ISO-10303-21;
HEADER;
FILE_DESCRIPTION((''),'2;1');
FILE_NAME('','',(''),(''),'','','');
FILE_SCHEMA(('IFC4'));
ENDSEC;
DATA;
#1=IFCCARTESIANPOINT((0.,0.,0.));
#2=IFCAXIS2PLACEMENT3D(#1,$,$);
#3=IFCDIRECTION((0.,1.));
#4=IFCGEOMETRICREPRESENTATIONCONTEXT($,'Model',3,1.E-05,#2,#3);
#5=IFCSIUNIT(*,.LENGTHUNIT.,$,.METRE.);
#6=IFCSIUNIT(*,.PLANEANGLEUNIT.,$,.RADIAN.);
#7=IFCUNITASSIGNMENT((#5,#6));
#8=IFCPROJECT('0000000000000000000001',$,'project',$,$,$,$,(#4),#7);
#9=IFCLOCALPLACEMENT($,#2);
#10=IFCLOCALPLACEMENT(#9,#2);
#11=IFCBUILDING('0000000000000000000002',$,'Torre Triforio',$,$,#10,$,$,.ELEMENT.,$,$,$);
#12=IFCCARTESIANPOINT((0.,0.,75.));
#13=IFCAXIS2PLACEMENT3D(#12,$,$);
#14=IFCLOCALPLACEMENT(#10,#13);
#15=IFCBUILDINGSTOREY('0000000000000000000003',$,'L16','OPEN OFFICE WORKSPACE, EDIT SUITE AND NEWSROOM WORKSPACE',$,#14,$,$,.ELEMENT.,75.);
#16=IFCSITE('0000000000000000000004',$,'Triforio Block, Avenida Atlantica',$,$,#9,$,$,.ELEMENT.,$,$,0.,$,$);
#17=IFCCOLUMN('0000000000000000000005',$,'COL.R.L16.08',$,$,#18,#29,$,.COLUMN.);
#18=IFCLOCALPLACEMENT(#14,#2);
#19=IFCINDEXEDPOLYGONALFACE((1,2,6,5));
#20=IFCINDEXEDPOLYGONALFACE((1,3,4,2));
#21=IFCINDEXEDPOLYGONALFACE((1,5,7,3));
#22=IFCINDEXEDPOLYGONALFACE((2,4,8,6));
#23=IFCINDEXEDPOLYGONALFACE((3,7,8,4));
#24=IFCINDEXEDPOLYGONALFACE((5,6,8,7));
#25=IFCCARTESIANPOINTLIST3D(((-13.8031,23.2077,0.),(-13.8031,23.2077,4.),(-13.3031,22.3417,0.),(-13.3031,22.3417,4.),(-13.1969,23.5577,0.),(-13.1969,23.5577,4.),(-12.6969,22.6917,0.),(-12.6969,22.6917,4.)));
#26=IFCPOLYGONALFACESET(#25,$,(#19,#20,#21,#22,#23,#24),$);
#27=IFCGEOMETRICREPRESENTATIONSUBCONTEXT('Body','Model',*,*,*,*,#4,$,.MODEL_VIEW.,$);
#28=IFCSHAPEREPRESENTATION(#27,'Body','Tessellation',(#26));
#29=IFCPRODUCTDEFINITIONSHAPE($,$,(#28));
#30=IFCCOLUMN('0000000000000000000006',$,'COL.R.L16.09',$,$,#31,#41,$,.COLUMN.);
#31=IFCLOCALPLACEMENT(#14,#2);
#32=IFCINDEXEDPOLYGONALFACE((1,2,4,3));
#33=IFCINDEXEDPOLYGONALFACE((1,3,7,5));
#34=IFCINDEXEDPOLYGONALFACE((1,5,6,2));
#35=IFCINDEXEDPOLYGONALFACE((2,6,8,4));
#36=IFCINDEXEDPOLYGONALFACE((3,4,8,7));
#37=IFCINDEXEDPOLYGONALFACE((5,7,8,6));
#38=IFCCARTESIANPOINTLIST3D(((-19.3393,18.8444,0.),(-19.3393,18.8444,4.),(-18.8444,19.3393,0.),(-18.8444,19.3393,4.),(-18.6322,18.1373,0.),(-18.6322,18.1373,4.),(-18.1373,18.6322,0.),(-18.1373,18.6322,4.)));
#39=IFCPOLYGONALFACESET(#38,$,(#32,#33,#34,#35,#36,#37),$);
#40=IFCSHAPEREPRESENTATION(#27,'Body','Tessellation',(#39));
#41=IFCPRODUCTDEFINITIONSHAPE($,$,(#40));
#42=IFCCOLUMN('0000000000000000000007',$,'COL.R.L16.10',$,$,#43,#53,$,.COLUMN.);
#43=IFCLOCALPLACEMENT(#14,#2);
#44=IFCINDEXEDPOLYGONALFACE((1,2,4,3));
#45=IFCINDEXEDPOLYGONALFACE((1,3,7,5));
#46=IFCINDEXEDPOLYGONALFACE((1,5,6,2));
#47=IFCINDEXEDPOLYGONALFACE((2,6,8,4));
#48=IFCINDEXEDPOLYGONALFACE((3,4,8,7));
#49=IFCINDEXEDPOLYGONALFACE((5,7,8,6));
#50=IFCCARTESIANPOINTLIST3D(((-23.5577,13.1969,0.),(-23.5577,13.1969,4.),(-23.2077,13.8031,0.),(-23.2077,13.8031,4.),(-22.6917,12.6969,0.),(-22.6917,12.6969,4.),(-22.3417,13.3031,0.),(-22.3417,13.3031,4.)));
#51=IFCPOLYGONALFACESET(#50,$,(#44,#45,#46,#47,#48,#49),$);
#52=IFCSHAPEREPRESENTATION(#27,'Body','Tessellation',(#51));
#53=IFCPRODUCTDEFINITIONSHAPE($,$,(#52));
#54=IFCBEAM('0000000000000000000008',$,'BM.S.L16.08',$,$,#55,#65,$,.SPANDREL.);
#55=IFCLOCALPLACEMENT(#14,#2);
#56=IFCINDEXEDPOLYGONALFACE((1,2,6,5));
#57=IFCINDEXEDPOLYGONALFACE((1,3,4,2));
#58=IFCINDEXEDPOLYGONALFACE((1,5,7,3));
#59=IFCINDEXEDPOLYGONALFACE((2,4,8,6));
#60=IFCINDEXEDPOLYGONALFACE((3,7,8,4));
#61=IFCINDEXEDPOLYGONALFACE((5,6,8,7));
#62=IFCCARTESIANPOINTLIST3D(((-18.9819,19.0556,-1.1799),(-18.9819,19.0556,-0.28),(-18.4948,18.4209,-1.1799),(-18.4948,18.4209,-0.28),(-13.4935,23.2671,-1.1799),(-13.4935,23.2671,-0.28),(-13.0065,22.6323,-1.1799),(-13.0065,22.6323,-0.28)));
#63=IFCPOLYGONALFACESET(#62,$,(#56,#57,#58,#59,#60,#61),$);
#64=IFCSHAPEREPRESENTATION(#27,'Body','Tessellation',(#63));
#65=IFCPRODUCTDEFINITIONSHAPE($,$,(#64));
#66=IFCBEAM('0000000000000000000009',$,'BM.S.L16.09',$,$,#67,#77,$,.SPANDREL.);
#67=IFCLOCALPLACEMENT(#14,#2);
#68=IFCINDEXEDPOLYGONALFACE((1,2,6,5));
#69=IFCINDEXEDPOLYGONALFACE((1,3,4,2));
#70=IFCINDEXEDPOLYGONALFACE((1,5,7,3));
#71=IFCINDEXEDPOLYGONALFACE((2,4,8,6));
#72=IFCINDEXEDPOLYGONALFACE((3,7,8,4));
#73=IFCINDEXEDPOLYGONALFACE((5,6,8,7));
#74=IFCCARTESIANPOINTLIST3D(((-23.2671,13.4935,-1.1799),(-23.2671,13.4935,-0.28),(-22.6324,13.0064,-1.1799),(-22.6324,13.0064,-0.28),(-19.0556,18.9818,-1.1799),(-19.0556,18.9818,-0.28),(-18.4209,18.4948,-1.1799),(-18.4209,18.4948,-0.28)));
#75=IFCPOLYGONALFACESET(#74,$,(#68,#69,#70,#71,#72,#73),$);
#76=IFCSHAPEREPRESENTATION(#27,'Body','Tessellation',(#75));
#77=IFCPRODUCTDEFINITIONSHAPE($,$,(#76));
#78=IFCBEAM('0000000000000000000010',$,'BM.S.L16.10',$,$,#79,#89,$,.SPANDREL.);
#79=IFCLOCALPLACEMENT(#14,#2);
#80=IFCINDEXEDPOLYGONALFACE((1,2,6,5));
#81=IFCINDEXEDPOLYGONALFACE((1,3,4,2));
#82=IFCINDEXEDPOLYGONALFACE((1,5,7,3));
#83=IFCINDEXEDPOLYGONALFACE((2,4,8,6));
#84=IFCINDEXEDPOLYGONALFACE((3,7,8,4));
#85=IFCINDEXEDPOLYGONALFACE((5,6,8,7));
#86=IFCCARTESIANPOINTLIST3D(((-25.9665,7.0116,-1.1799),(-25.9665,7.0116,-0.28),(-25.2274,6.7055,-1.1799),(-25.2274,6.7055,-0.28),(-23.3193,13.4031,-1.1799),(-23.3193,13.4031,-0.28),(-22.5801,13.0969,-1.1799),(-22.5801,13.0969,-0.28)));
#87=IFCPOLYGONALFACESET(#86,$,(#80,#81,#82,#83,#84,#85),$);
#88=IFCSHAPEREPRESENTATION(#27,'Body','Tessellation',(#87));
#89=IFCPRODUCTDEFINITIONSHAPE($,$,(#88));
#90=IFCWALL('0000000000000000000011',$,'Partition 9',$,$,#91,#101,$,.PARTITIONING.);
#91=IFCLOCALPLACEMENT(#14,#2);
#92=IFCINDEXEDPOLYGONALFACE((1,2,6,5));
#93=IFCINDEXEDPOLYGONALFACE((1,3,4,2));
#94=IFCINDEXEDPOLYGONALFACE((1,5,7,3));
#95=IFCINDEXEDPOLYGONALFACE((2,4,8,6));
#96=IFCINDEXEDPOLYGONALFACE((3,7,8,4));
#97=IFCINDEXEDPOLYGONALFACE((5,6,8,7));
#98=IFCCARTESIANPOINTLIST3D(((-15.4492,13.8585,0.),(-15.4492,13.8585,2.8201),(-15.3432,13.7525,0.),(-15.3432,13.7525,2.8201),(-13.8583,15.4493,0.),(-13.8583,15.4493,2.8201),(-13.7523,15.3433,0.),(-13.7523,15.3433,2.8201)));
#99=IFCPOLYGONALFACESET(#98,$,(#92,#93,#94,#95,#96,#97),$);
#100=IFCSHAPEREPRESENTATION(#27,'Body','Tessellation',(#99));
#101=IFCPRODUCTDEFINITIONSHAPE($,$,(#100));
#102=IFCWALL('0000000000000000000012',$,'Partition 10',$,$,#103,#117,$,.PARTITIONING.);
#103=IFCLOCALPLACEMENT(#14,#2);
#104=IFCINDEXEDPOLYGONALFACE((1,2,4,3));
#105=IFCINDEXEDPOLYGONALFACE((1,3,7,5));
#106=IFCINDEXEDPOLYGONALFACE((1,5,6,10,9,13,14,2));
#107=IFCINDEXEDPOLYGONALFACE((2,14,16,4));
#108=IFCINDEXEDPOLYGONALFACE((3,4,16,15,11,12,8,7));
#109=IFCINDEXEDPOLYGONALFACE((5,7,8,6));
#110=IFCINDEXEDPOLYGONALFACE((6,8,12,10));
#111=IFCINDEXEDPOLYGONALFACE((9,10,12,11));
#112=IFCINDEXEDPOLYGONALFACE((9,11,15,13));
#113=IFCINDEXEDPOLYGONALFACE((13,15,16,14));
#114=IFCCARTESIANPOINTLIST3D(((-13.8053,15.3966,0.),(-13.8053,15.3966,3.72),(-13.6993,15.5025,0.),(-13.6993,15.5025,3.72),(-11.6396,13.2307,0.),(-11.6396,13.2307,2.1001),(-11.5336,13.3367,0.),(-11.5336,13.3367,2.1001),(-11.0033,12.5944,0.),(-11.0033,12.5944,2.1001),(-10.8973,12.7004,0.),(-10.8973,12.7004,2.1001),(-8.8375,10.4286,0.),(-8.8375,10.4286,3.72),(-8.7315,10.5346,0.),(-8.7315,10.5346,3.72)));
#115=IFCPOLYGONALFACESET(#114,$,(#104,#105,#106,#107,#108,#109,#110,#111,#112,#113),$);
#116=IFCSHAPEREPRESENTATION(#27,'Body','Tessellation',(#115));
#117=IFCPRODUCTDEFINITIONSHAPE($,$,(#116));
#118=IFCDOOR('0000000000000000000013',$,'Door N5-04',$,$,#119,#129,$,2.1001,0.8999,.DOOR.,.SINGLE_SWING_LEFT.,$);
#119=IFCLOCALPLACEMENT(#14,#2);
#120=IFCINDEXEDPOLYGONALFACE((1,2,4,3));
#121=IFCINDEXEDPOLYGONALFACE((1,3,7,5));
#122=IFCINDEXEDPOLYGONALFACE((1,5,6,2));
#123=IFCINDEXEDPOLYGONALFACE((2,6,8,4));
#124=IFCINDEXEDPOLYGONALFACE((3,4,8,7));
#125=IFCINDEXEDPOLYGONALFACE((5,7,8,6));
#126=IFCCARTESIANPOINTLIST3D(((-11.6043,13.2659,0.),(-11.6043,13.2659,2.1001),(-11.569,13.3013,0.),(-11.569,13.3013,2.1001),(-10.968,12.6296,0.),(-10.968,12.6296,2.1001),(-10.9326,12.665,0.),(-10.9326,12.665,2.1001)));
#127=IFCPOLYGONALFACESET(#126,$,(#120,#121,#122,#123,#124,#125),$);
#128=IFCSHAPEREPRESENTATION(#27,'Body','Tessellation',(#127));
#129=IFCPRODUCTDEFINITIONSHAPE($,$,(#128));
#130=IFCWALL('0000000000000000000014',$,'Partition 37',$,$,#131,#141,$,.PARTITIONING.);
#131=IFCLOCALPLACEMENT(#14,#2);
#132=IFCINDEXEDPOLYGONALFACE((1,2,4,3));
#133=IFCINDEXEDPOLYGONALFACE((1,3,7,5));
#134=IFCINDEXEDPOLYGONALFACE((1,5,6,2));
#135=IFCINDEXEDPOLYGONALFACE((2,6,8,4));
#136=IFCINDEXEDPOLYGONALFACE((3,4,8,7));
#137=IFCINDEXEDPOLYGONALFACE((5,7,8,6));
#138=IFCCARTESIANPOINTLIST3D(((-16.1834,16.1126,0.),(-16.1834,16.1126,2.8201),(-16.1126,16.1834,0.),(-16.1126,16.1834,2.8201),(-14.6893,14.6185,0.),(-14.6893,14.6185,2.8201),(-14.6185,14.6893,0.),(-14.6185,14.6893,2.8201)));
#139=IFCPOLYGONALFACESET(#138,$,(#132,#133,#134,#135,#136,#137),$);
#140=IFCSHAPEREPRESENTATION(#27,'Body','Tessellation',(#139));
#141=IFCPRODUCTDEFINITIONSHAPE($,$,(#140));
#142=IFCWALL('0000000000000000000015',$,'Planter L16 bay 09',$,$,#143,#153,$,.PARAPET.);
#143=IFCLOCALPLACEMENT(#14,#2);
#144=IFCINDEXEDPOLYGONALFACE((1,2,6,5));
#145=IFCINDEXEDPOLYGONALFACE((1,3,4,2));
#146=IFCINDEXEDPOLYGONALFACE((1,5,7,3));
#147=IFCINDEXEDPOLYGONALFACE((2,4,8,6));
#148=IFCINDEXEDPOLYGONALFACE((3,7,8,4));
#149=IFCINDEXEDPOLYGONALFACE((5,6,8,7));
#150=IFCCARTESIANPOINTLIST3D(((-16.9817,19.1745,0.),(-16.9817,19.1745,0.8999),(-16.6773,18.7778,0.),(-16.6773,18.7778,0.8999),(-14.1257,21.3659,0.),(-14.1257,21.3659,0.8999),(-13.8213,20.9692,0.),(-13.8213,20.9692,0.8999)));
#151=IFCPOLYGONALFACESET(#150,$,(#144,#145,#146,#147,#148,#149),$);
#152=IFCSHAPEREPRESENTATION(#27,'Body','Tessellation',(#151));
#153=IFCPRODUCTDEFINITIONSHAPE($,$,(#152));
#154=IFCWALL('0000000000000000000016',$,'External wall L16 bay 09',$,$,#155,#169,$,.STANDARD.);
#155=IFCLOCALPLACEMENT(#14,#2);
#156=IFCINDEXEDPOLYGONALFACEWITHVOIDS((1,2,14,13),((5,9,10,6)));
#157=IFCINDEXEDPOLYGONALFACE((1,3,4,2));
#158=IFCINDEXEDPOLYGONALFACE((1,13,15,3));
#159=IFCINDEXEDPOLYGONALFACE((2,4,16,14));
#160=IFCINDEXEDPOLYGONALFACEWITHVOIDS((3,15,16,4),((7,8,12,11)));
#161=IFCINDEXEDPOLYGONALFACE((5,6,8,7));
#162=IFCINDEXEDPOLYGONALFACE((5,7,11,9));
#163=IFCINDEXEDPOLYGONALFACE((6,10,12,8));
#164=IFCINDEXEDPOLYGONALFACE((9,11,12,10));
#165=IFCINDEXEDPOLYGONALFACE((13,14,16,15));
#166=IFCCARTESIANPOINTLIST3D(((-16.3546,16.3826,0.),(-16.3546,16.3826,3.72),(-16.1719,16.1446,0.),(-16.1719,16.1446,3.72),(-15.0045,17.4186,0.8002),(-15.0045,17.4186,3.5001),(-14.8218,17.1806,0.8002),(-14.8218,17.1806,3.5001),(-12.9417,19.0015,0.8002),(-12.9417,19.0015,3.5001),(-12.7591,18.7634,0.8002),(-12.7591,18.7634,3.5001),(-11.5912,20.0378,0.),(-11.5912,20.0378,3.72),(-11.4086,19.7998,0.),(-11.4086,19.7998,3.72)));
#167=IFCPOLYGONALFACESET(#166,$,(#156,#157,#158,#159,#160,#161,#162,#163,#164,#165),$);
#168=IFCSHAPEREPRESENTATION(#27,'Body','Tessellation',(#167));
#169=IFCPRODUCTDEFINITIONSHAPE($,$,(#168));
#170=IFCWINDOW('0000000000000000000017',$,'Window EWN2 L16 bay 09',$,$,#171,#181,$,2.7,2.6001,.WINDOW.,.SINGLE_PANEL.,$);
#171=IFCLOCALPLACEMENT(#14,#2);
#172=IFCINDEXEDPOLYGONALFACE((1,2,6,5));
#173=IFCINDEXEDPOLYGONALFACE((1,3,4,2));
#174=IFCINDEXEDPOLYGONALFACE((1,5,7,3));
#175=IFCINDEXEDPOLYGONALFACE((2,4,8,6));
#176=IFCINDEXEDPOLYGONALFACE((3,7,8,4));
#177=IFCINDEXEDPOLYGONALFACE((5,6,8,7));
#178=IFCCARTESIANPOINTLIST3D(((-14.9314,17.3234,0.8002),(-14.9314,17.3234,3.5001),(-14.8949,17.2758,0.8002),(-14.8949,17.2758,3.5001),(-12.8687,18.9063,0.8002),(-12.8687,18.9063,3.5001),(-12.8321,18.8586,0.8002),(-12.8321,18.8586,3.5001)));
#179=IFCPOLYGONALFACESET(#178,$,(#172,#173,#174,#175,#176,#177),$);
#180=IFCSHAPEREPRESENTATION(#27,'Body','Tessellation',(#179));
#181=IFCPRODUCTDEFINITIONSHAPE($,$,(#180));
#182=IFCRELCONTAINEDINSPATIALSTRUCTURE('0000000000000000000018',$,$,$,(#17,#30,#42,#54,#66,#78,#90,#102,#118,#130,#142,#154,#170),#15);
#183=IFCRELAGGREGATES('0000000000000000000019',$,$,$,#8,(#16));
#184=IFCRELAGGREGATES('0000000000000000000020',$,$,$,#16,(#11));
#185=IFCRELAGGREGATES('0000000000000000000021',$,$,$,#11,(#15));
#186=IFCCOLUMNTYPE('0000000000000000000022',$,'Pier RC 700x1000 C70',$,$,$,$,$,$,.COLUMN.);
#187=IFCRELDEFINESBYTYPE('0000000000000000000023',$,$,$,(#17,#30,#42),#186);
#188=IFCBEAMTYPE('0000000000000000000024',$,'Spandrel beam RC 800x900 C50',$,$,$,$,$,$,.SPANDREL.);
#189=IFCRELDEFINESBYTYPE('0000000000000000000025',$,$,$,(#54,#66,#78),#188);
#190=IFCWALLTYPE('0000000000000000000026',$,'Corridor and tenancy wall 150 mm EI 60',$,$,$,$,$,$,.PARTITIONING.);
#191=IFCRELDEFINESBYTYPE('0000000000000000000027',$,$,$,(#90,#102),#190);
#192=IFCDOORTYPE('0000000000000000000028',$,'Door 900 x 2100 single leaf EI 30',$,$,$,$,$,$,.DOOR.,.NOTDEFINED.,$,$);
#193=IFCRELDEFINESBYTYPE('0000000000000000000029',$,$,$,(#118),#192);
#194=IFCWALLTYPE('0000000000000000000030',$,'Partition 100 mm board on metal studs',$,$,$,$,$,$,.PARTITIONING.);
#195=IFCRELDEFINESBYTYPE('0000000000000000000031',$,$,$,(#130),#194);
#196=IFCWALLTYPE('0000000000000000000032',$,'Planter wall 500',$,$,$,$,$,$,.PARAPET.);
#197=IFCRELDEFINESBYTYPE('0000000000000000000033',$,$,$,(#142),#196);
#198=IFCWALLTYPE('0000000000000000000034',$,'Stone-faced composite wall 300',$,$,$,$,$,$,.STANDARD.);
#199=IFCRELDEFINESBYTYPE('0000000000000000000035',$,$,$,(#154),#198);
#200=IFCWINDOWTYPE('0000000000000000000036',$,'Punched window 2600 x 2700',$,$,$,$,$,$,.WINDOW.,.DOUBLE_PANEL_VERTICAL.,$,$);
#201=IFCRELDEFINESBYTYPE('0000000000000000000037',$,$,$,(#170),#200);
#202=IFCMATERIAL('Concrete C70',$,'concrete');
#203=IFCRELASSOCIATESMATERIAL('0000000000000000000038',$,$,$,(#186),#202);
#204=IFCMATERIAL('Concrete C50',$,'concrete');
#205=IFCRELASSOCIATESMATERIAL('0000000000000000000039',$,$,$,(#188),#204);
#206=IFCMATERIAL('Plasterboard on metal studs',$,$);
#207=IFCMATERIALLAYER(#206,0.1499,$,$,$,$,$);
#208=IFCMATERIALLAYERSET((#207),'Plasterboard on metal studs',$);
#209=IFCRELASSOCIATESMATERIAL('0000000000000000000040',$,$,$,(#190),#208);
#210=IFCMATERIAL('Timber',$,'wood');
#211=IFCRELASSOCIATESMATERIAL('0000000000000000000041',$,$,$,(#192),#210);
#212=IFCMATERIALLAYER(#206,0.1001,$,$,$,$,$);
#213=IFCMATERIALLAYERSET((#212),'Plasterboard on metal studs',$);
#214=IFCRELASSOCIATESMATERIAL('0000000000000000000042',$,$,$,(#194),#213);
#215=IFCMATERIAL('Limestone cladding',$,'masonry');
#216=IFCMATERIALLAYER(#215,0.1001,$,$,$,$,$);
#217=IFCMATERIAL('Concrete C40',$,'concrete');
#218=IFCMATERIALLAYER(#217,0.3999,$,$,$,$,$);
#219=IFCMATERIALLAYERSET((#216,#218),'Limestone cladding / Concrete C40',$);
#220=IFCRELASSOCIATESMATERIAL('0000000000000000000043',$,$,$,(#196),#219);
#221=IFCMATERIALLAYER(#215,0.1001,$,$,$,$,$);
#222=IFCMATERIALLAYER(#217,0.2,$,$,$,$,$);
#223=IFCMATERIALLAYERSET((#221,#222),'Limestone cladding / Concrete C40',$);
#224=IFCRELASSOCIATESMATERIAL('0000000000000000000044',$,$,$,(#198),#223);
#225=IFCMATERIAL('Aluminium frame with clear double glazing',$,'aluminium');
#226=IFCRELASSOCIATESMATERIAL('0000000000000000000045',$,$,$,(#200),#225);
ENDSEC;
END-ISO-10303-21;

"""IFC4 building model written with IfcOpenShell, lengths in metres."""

from ifc_helpers import new_model, si_unit, direction, frame, frame_2d, origin, origin_2d, place, context, subcontext, project, spatial, rectangle, extrude, material, layer, layer_set, material_profile, profile_set, type_object, element, fill, save


model = new_model("IFC4")

# Units and contexts
model_context = context("Model", 3, precision=1e-05, world=origin(), true_north=direction((0.0, 1.0)))
body_context = subcontext(model_context, "Body", "Model", "MODEL_VIEW")
ifc_project = project(units=[si_unit("LENGTHUNIT", "METRE"), si_unit("PLANEANGLEUNIT", "RADIAN")], contexts=[model_context])

# Site, building, storey
site_placement = place(None, origin())
site = spatial("IfcSite", under=ifc_project, at=site_placement, Name="Triforio Block, Avenida Atlantica", CompositionType="ELEMENT", RefElevation=0.0)
building_placement = place(site_placement, origin())
building = spatial("IfcBuilding", under=site, at=building_placement, Name="Torre Triforio", CompositionType="ELEMENT")
storey_placement = place(building_placement, frame((0.0, 0.0, 75.0)))
storey = spatial("IfcBuildingStorey", under=building, at=storey_placement, Name="L16", Description="OPEN OFFICE WORKSPACE, EDIT SUITE AND NEWSROOM WORKSPACE", CompositionType="ELEMENT", Elevation=75.0)

# Columns
ifc_material_1 = material(Name="Concrete C70", Category="concrete")
ifc_material_profile_1 = material_profile(ifc_material_1, rectangle(XDim=0.7, YDim=1.0, at=origin_2d()), Name="RC 700x1000")
ifc_profile_set_1 = profile_set([ifc_material_profile_1], Name="Concrete C70")
column_type = type_object("IfcColumnType", Name="Pier RC 700x1000 C70", PredefinedType="COLUMN", material=ifc_profile_set_1)
for number, where, z_axis, x_axis, name in (
    (1, (-13.25, 22.9497, 0.0), (0.0, 0.0, 1.0), (-0.866025, -0.5, 0.0), "COL.R.L16.08"),
    (2, (-18.7383, 18.7383, 0.0), (0.0, 0.0, 1.0), (-0.707107, -0.707107, 0.0), "COL.R.L16.09"),
    (3, (-22.9497, 13.25, 0.0), (0.0, 0.0, 1.0), (-0.5, -0.866025, 0.0), "COL.R.L16.10"),
):
    element("IfcColumn", number, at=place(storey_placement, frame(where, z_axis=z_axis, x_axis=x_axis)), inside=storey, type_object=column_type, Name=name, PredefinedType="COLUMN", context=body_context, shape_type="SweptSolid", body=[
        extrude(rectangle(XDim=0.7, YDim=1.0, at=origin_2d()), origin(), (0.0, 0.0, 1.0), 4.0),
    ])

# Beams
ifc_material_2 = material(Name="Concrete C50", Category="concrete")
ifc_material_profile_2 = material_profile(ifc_material_2, rectangle(XDim=0.8, YDim=0.8999, at=origin_2d()), Name="RC 800x900")
ifc_profile_set_2 = profile_set([ifc_material_profile_2], Name="Concrete C50")
beam_type = type_object("IfcBeamType", Name="Spandrel beam RC 800x900 C50", PredefinedType="SPANDREL", material=ifc_profile_set_2)
for number, where, z_axis, x_axis, name in (
    (4, (-13.25, 22.9497, -0.73), (-0.793345, -0.608772, 0.0), (0.608772, -0.793345, 0.0), "BM.S.L16.08"),
    (5, (-18.7383, 18.7383, -0.73), (-0.608772, -0.793345, 0.0), (0.793345, -0.608772, 0.0), "BM.S.L16.09"),
    (6, (-22.9497, 13.25, -0.73), (-0.382662, -0.923888, 0.0), (0.923888, -0.382662, 0.0), "BM.S.L16.10"),
):
    element("IfcBeam", number, at=place(storey_placement, frame(where, z_axis=z_axis, x_axis=x_axis)), inside=storey, type_object=beam_type, Name=name, PredefinedType="SPANDREL", context=body_context, shape_type="SweptSolid", body=[
        extrude(rectangle(XDim=0.8, YDim=0.8999, at=origin_2d()), origin(), (0.0, 0.0, 1.0), 6.918),
    ])

# Wall
ifc_material_3 = material(Name="Plasterboard on metal studs")
ifc_layer_1 = layer(ifc_material_3, 0.1499)
ifc_layer_set_1 = layer_set([ifc_layer_1], Name="Plasterboard on metal studs")
wall_type_1 = type_object("IfcWallType", Name="Corridor and tenancy wall 150 mm EI 60", PredefinedType="PARTITIONING", material=ifc_layer_set_1)
wall_1_placement = place(storey_placement, frame((-15.3962, 13.8054, 0.0), z_axis=(0.0, 0.0, 1.0), x_axis=(0.707107, 0.707107, 0.0)))
element("IfcWall", 7, at=wall_1_placement, inside=storey, type_object=wall_type_1, Name="Partition 9", PredefinedType="PARTITIONING", context=body_context, shape_type="SweptSolid", body=[
    extrude(rectangle(XDim=2.2498, YDim=0.1499, at=frame_2d((1.125, 0.0))), origin(), (0.0, 0.0, 1.0), 2.8201),
])

# Wall, opening, door
wall_2_placement = place(storey_placement, frame((-13.7522, 15.4495, 0.0), z_axis=(0.0, 0.0, 1.0), x_axis=(0.707089, -0.707124, 0.0)))
wall_2 = element("IfcWall", 8, at=wall_2_placement, inside=storey, type_object=wall_type_1, Name="Partition 10", PredefinedType="PARTITIONING", context=body_context, shape_type="SweptSolid", body=[
    extrude(rectangle(XDim=7.0256, YDim=0.1499, at=frame_2d((3.5127, 0.0))), origin(), (0.0, 0.0, 1.0), 3.72),
])
opening_1_placement = place(wall_2_placement, frame((3.0627, 0.0, 0.0)))
opening_1 = element("IfcOpeningElement", 9, at=opening_1_placement, cuts=wall_2, PredefinedType="OPENING", context=body_context, shape_type="SweptSolid", body=[
    extrude(rectangle(XDim=0.8999, YDim=2.1001, at=frame_2d((0.45, 1.05))), frame((0.0, 0.085, 0.0), z_axis=(0.0, -1.0, 0.0), x_axis=(1.0, 0.0, 0.0)), (0.0, 0.0, 1.0), 0.1699),
])
ifc_material_4 = material(Name="Timber", Category="wood")
door_type_1 = type_object("IfcDoorType", Name="Door 900 x 2100 single leaf EI 30", OperationType="NOTDEFINED", PredefinedType="DOOR", material=ifc_material_4)
door_1_placement = place(opening_1_placement, origin())
door_1 = element("IfcDoor", 10, at=door_1_placement, inside=storey, type_object=door_type_1, Name="Door N5-04", OperationType="SINGLE_SWING_LEFT", OverallHeight=2.1001, OverallWidth=0.8999, PredefinedType="DOOR", context=body_context, shape_type="SweptSolid", body=[
    extrude(rectangle(XDim=0.8999, YDim=2.1001, at=frame_2d((0.45, 1.05))), frame((0.0, 0.0249, 0.0), z_axis=(0.0, -1.0, 0.0), x_axis=(1.0, 0.0, 0.0)), (0.0, 0.0, 1.0), 0.05),
])
fill(opening_1, door_1)

# Walls
ifc_layer_2 = layer(ifc_material_3, 0.1001)
ifc_layer_set_2 = layer_set([ifc_layer_2], Name="Plasterboard on metal studs")
wall_type_2 = type_object("IfcWallType", Name="Partition 100 mm board on metal studs", PredefinedType="PARTITIONING", material=ifc_layer_set_2)
wall_3_placement = place(storey_placement, frame((-14.6538, 14.6538, 0.0), z_axis=(0.0, 0.0, 1.0), x_axis=(-0.707107, 0.707107, 0.0)))
element("IfcWall", 11, at=wall_3_placement, inside=storey, type_object=wall_type_2, Name="Partition 37", PredefinedType="PARTITIONING", context=body_context, shape_type="SweptSolid", body=[
    extrude(rectangle(XDim=2.113, YDim=0.1001, at=frame_2d((1.0566, 0.0))), origin(), (0.0, 0.0, 1.0), 2.8201),
])
ifc_material_5 = material(Name="Limestone cladding", Category="masonry")
ifc_layer_3 = layer(ifc_material_5, 0.1001)
ifc_material_6 = material(Name="Concrete C40", Category="concrete")
ifc_layer_4 = layer(ifc_material_6, 0.3999)
ifc_layer_set_3 = layer_set([ifc_layer_3, ifc_layer_4], Name="Limestone cladding / Concrete C40")
wall_type_3 = type_object("IfcWallType", Name="Planter wall 500", PredefinedType="PARAPET", material=ifc_layer_set_3)
wall_4_placement = place(storey_placement, frame((-13.9736, 21.1675, 0.0), z_axis=(0.0, 0.0, 1.0), x_axis=(-0.79336, -0.608753, 0.0)))
element("IfcWall", 12, at=wall_4_placement, inside=storey, type_object=wall_type_3, Name="Planter L16 bay 09", PredefinedType="PARAPET", context=body_context, shape_type="SweptSolid", body=[
    extrude(rectangle(XDim=3.5999, YDim=0.5, at=frame_2d((1.7998, 0.0))), origin(), (0.0, 0.0, 1.0), 0.8999),
])

# Wall, opening, window
ifc_layer_5 = layer(ifc_material_5, 0.1001)
ifc_layer_6 = layer(ifc_material_6, 0.2)
ifc_layer_set_4 = layer_set([ifc_layer_5, ifc_layer_6], Name="Limestone cladding / Concrete C40")
wall_type_4 = type_object("IfcWallType", Name="Stone-faced composite wall 300", PredefinedType="STANDARD", material=ifc_layer_set_4)
wall_5_placement = place(storey_placement, frame((-11.5, 19.9187, 0.0), z_axis=(0.0, 0.0, 1.0), x_axis=(-0.79334, -0.608779, 0.0)))
wall_5 = element("IfcWall", 13, at=wall_5_placement, inside=storey, type_object=wall_type_4, Name="External wall L16 bay 09", PredefinedType="STANDARD", context=body_context, shape_type="SweptSolid", body=[
    extrude(rectangle(XDim=6.0042, YDim=0.3, at=frame_2d((3.002, 0.0))), origin(), (0.0, 0.0, 1.0), 3.72),
])
opening_2_placement = place(wall_5_placement, frame((1.7021, 0.0, 0.8)))
opening_2 = element("IfcOpeningElement", 14, at=opening_2_placement, cuts=wall_5, PredefinedType="OPENING", context=body_context, shape_type="SweptSolid", body=[
    extrude(rectangle(XDim=2.6001, YDim=2.7, at=frame_2d((1.3, 1.3501))), frame((0.0, 0.1599, 0.0), z_axis=(0.0, -1.0, 0.0), x_axis=(1.0, 0.0, 0.0)), (0.0, 0.0, 1.0), 0.3201),
])
ifc_material_7 = material(Name="Aluminium frame with clear double glazing", Category="aluminium")
window_type_1 = type_object("IfcWindowType", Name="Punched window 2600 x 2700", PartitioningType="DOUBLE_PANEL_VERTICAL", PredefinedType="WINDOW", material=ifc_material_7)
window_1_placement = place(opening_2_placement, origin())
window_1 = element("IfcWindow", 15, at=window_1_placement, inside=storey, type_object=window_type_1, Name="Window EWN2 L16 bay 09", OverallHeight=2.7, OverallWidth=2.6001, PartitioningType="SINGLE_PANEL", PredefinedType="WINDOW", context=body_context, shape_type="SweptSolid", body=[
    extrude(rectangle(XDim=2.6001, YDim=2.7, at=frame_2d((1.3, 1.3501))), frame((0.0, 0.03, 0.0), z_axis=(0.0, -1.0, 0.0), x_axis=(1.0, 0.0, 0.0)), (0.0, 0.0, 1.0), 0.0601),
])
fill(opening_2, window_1)

save(model, "model.ifc")
